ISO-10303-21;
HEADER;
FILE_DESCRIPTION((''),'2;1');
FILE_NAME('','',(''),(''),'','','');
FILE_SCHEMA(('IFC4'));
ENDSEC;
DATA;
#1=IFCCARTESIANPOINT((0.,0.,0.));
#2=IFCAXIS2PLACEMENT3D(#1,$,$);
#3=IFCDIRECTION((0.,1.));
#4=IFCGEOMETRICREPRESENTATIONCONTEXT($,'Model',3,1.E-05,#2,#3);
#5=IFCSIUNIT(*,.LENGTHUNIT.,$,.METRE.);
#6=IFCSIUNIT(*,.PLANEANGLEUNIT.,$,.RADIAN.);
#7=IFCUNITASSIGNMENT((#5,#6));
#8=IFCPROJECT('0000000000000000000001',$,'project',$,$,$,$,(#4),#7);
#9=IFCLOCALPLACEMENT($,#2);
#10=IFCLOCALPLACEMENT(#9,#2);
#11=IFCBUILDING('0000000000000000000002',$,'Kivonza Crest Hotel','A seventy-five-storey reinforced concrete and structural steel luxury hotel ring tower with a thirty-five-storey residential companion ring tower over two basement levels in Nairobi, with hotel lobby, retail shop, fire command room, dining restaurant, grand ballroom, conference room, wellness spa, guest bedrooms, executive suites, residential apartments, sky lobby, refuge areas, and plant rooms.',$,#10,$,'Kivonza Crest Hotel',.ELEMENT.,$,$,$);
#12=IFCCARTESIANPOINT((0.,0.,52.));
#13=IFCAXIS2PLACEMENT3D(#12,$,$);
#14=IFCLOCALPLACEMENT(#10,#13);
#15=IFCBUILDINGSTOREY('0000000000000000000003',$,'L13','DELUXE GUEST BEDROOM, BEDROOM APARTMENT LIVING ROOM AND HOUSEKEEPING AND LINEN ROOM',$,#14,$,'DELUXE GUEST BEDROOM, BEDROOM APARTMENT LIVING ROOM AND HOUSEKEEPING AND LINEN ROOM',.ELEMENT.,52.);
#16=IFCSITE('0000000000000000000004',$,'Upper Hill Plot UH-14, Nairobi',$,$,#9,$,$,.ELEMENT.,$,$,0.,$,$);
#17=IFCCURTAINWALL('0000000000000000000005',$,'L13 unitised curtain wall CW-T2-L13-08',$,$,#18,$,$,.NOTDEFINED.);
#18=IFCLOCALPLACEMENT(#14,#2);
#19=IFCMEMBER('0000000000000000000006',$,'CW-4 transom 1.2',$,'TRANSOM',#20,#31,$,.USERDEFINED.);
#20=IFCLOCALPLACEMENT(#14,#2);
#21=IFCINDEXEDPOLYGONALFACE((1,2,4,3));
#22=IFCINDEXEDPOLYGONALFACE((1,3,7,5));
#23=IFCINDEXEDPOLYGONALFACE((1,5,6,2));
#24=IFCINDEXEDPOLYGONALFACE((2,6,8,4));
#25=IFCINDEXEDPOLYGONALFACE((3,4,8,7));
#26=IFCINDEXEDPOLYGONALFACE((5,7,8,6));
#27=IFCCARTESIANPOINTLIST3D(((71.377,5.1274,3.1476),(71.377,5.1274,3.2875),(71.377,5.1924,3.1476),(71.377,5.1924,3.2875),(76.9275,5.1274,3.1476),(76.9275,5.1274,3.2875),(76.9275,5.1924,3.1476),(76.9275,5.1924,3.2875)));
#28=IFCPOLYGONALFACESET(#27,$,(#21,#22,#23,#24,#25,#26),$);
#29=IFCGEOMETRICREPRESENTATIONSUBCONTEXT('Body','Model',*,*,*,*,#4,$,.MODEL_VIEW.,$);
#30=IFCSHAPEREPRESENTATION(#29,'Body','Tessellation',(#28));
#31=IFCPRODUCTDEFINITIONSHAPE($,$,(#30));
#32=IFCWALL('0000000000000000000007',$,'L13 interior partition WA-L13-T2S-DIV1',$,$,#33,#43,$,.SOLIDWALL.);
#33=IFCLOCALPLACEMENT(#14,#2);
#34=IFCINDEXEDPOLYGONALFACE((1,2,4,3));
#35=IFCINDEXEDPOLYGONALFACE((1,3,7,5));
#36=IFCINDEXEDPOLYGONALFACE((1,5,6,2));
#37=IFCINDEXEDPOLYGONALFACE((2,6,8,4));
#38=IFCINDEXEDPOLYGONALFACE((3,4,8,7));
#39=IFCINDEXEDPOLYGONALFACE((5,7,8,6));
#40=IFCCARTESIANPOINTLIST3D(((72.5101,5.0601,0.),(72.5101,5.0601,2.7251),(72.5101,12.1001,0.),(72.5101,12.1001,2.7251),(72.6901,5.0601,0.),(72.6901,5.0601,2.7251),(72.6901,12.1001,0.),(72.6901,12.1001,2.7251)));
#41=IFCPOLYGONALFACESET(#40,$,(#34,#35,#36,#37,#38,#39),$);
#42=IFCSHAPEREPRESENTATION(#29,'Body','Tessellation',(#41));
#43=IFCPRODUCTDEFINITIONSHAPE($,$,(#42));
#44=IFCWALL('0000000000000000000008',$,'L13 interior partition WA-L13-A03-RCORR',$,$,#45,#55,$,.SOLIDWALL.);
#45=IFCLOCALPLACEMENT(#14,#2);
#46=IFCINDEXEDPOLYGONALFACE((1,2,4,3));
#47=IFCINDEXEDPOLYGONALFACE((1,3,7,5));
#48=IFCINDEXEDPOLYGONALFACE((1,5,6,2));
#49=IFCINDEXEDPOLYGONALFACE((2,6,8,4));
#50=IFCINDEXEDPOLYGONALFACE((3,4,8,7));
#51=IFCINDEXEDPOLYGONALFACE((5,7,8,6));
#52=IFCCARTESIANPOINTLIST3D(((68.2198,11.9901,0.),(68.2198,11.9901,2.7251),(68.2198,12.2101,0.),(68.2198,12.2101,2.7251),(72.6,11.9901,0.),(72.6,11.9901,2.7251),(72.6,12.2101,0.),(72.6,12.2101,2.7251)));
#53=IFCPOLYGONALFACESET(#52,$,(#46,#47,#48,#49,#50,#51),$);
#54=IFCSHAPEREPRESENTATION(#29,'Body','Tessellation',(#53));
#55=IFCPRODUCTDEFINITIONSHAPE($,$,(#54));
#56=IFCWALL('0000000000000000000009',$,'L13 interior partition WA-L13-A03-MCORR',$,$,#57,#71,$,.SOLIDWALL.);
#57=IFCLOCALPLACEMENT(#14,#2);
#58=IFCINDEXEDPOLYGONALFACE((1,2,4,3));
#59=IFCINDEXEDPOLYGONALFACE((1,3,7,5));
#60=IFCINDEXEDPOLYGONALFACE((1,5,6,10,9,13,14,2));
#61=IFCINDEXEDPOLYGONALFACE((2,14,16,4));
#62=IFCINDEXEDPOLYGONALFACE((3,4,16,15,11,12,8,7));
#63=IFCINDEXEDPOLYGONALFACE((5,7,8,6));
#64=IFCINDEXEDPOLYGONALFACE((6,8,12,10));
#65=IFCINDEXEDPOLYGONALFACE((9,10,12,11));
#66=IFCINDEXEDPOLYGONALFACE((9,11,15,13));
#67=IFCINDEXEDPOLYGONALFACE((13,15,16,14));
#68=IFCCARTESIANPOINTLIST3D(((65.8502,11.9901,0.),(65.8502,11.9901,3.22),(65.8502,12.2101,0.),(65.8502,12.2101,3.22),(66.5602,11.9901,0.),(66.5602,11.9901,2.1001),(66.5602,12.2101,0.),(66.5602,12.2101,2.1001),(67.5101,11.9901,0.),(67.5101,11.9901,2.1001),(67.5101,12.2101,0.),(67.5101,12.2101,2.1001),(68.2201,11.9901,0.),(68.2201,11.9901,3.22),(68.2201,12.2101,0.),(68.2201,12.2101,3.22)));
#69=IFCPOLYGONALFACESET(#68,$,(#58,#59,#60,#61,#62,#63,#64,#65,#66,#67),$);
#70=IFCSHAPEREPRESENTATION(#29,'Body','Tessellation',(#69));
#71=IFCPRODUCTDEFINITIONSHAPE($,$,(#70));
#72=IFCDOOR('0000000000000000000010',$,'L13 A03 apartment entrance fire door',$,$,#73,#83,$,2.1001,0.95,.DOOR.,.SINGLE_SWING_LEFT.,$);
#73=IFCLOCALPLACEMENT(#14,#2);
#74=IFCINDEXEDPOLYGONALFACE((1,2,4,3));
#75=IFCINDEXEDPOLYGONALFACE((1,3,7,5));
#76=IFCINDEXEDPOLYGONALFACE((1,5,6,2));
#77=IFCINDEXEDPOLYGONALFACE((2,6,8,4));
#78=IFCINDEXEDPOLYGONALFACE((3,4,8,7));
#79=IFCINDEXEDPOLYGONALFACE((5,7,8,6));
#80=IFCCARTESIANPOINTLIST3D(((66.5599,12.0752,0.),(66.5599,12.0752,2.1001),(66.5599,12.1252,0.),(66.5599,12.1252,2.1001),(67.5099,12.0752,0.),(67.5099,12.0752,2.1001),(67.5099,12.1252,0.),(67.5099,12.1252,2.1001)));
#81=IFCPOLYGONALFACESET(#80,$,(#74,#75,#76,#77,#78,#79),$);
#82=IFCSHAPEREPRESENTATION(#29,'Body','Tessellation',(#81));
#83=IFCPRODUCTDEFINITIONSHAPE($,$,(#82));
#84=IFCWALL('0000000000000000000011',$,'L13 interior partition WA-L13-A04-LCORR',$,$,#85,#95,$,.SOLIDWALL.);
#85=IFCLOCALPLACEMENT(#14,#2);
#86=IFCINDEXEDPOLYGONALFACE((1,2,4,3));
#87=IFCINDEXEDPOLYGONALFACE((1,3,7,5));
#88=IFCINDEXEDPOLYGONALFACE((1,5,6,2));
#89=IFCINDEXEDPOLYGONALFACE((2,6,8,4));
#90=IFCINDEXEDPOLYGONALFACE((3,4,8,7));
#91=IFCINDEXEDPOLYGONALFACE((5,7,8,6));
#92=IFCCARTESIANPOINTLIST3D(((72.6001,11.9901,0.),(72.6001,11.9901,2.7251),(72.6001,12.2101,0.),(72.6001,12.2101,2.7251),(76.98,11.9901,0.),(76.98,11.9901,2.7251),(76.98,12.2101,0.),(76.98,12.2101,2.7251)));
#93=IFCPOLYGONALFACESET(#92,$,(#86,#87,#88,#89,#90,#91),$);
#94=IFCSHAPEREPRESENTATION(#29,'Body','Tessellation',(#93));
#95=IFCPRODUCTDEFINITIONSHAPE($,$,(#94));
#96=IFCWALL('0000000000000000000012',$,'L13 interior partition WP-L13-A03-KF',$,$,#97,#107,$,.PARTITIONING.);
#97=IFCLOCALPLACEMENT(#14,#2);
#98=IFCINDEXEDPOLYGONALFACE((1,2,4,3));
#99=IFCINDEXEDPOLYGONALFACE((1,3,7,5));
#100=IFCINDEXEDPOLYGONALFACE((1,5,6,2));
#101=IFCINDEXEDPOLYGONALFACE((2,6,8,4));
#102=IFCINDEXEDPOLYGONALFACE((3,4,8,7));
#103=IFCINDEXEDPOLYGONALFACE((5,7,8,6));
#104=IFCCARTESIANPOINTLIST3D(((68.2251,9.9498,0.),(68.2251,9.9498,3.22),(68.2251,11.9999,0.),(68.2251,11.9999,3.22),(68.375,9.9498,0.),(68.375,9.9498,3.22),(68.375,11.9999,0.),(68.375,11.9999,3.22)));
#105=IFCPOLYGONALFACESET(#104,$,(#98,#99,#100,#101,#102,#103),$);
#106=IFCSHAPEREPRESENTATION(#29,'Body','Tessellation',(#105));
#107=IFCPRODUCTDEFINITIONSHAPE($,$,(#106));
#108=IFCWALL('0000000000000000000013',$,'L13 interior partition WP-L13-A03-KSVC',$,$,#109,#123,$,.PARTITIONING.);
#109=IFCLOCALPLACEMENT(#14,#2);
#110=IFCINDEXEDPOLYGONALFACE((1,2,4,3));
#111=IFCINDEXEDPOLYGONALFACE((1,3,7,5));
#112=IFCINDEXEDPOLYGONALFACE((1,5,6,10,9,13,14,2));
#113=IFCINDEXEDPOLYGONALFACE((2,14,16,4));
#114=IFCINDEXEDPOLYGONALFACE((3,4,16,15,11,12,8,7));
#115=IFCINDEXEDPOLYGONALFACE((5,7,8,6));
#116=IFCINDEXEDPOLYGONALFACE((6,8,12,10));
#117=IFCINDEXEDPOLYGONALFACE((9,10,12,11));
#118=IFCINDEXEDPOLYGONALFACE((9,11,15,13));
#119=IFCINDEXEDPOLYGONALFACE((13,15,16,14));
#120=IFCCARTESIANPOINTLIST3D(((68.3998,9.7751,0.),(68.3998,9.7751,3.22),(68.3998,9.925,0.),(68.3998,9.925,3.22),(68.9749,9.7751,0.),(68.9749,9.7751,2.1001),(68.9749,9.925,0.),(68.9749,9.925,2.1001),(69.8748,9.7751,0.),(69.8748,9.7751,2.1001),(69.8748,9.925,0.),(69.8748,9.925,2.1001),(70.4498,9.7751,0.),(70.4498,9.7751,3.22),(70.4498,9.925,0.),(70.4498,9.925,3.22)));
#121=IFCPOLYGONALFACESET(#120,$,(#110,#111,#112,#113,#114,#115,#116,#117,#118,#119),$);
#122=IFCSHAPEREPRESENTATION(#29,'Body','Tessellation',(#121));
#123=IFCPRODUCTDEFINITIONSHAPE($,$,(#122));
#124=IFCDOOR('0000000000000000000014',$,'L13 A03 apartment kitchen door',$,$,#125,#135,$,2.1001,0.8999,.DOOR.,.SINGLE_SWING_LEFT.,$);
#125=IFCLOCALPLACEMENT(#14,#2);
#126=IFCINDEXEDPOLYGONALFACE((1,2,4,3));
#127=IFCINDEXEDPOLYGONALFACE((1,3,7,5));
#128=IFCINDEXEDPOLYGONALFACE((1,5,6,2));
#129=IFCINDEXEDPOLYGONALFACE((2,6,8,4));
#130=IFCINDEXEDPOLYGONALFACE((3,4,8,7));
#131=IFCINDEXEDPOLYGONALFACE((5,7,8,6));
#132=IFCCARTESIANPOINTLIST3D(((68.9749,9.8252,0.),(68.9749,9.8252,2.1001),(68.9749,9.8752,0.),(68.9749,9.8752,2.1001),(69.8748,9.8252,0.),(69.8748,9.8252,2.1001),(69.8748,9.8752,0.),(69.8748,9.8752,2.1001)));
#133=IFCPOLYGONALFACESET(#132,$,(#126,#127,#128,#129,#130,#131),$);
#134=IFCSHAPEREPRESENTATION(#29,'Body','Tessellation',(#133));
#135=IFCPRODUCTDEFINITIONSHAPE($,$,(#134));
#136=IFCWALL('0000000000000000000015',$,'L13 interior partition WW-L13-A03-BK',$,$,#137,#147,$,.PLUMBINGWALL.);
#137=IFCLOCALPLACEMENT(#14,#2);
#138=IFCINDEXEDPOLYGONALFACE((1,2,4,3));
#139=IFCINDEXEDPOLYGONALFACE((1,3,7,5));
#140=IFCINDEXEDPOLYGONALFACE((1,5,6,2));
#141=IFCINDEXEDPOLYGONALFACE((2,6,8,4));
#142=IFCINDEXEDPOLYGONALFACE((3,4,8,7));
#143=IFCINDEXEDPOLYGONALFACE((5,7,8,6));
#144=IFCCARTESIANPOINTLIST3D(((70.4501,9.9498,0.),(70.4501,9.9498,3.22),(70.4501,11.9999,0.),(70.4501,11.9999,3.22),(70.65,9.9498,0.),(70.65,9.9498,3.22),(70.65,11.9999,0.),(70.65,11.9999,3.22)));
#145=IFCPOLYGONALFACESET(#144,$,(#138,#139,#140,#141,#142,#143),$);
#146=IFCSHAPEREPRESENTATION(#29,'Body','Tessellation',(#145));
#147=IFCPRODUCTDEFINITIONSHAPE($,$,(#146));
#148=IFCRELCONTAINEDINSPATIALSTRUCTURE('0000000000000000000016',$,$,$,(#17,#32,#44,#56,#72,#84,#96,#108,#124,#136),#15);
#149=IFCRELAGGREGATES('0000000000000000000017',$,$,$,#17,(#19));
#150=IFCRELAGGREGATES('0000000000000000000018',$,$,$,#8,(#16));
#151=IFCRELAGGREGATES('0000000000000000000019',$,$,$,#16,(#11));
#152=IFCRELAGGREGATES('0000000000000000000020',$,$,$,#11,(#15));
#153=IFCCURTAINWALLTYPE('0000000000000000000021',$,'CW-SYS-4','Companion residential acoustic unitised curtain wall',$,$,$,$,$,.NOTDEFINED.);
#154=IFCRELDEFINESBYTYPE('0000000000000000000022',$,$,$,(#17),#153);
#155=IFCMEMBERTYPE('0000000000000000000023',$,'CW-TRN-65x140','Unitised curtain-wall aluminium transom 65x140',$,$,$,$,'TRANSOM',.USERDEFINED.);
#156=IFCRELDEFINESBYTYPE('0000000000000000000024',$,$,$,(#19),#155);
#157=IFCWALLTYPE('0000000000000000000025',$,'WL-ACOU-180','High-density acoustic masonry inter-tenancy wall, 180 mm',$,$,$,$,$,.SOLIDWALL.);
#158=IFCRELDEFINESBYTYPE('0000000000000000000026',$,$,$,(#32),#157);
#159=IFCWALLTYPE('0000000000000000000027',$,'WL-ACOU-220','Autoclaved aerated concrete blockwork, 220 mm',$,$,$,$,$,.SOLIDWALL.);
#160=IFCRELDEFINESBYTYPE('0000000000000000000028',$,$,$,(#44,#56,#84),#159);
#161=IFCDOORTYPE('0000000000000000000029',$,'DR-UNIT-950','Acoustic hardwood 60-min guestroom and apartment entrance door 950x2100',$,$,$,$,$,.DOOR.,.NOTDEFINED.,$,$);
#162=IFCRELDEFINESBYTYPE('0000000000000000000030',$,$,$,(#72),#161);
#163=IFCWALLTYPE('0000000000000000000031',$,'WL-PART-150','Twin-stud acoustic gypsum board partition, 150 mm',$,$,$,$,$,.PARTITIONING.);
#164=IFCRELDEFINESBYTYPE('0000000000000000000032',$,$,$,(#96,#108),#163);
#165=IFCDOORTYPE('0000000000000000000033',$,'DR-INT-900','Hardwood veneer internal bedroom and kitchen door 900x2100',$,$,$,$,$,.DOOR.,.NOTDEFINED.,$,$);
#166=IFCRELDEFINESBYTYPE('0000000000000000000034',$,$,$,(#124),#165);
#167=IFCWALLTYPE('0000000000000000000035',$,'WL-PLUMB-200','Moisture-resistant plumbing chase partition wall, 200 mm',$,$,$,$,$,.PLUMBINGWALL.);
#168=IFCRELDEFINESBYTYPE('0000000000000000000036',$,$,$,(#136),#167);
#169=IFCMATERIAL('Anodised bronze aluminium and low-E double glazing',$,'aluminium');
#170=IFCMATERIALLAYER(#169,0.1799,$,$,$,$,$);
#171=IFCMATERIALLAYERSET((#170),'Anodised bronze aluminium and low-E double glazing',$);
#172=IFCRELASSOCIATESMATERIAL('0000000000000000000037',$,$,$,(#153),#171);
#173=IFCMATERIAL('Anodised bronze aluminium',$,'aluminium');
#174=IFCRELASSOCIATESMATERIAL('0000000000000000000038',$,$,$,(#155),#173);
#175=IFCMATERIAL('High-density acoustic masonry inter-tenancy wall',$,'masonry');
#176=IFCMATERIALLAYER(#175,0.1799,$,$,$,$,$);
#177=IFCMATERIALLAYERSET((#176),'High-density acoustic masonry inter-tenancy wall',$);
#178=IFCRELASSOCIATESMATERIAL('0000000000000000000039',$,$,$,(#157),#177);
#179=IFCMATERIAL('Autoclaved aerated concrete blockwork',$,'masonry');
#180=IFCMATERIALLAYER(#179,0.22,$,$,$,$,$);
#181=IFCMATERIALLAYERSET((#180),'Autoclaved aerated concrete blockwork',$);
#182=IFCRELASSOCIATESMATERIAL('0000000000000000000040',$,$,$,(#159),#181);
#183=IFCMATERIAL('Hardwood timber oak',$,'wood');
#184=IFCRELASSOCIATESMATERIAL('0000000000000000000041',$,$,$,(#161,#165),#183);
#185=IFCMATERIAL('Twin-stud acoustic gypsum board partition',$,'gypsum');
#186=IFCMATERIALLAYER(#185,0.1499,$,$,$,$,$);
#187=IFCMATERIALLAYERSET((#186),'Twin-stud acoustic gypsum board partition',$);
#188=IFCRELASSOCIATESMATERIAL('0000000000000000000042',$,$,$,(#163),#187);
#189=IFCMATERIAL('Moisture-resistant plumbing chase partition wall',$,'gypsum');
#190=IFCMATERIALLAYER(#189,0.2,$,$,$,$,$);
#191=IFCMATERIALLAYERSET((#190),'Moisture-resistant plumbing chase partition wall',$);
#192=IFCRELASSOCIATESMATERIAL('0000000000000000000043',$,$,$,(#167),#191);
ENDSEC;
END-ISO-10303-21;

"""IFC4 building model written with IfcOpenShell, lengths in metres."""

from ifc_helpers import new_model, si_unit, direction, frame, frame_2d, origin, origin_2d, place, context, subcontext, project, spatial, rectangle, extrude, material, layer, layer_set, material_profile, profile_set, type_object, element, fill, aggregate, save


model = new_model("IFC4")

# Units and contexts
model_context = context("Model", 3, precision=1e-05, world=origin(), true_north=direction((0.0, 1.0)))
body_context = subcontext(model_context, "Body", "Model", "MODEL_VIEW")
ifc_project = project(units=[si_unit("LENGTHUNIT", "METRE"), si_unit("PLANEANGLEUNIT", "RADIAN")], contexts=[model_context])

# Site, building, storey
site_placement = place(None, origin())
site = spatial("IfcSite", under=ifc_project, at=site_placement, Name="Upper Hill Plot UH-14, Nairobi", CompositionType="ELEMENT", RefElevation=0.0)
building_placement = place(site_placement, origin())
building = spatial("IfcBuilding", under=site, at=building_placement, Name="Kivonza Crest Hotel", Description="A seventy-five-storey reinforced concrete and structural steel luxury hotel ring tower with a thirty-five-storey residential companion ring tower over two basement levels in Nairobi, with hotel lobby, retail shop, fire command room, dining restaurant, grand ballroom, conference room, wellness spa, guest bedrooms, executive suites, residential apartments, sky lobby, refuge areas, and plant rooms.", LongName="Kivonza Crest Hotel", CompositionType="ELEMENT")
storey_placement = place(building_placement, frame((0.0, 0.0, 52.0)))
storey = spatial("IfcBuildingStorey", under=building, at=storey_placement, Name="L13", Description="DELUXE GUEST BEDROOM, BEDROOM APARTMENT LIVING ROOM AND HOUSEKEEPING AND LINEN ROOM", LongName="DELUXE GUEST BEDROOM, BEDROOM APARTMENT LIVING ROOM AND HOUSEKEEPING AND LINEN ROOM", CompositionType="ELEMENT", Elevation=52.0)

# Curtain wall, member
ifc_material_1 = material(Name="Anodised bronze aluminium and low-E double glazing", Category="aluminium")
ifc_layer_1 = layer(ifc_material_1, 0.1799)
ifc_layer_set_1 = layer_set([ifc_layer_1], Name="Anodised bronze aluminium and low-E double glazing")
curtain_wall_type = type_object("IfcCurtainWallType", Name="CW-SYS-4", Description="Companion residential acoustic unitised curtain wall", PredefinedType="NOTDEFINED", material=ifc_layer_set_1)
curtain_wall_placement = place(storey_placement, origin())
curtain_wall = element("IfcCurtainWall", 1, at=curtain_wall_placement, inside=storey, type_object=curtain_wall_type, Name="L13 unitised curtain wall CW-T2-L13-08", PredefinedType="NOTDEFINED")
ifc_material_2 = material(Name="Anodised bronze aluminium", Category="aluminium")
ifc_material_profile_1 = material_profile(ifc_material_2, rectangle(XDim=0.0649, YDim=0.1399, at=origin_2d()), Name="CW-T 65x140")
ifc_profile_set_1 = profile_set([ifc_material_profile_1], Name="Anodised bronze aluminium")
member_type_1 = type_object("IfcMemberType", Name="CW-TRN-65x140", Description="Unitised curtain-wall aluminium transom 65x140", ElementType="TRANSOM", PredefinedType="USERDEFINED", material=ifc_profile_set_1)
member_1_placement = place(storey_placement, frame((71.377, 5.1599, 3.2175), z_axis=(1.0, 0.0, 0.0), x_axis=(0.0, 1.0, 0.0)))
member_1 = element("IfcMember", 2, at=member_1_placement, type_object=member_type_1, Name="CW-4 transom 1.2", ObjectType="TRANSOM", PredefinedType="USERDEFINED", context=body_context, shape_type="SweptSolid", body=[
    extrude(rectangle(XDim=0.0649, YDim=0.1399, at=origin_2d()), origin(), (0.0, 0.0, 1.0), 5.5505),
])
aggregate(curtain_wall, [member_1])

# Walls
ifc_material_3 = material(Name="High-density acoustic masonry inter-tenancy wall", Category="masonry")
ifc_layer_2 = layer(ifc_material_3, 0.1799)
ifc_layer_set_2 = layer_set([ifc_layer_2], Name="High-density acoustic masonry inter-tenancy wall")
wall_type_1 = type_object("IfcWallType", Name="WL-ACOU-180", Description="High-density acoustic masonry inter-tenancy wall, 180 mm", PredefinedType="SOLIDWALL", material=ifc_layer_set_2)
wall_1_placement = place(storey_placement, frame((72.6001, 5.0601, 0.0), z_axis=(0.0, 0.0, 1.0), x_axis=(0.0, 1.0, 0.0)))
element("IfcWall", 3, at=wall_1_placement, inside=storey, type_object=wall_type_1, Name="L13 interior partition WA-L13-T2S-DIV1", PredefinedType="SOLIDWALL", context=body_context, shape_type="SweptSolid", body=[
    extrude(rectangle(XDim=7.04, YDim=0.1799, at=frame_2d((3.52, 0.0))), origin(), (0.0, 0.0, 1.0), 2.7251),
])
ifc_material_4 = material(Name="Autoclaved aerated concrete blockwork", Category="masonry")
ifc_layer_3 = layer(ifc_material_4, 0.22)
ifc_layer_set_3 = layer_set([ifc_layer_3], Name="Autoclaved aerated concrete blockwork")
wall_type_2 = type_object("IfcWallType", Name="WL-ACOU-220", Description="Autoclaved aerated concrete blockwork, 220 mm", PredefinedType="SOLIDWALL", material=ifc_layer_set_3)
wall_2_placement = place(storey_placement, frame((68.22, 12.1001, 0.0), z_axis=(0.0, 0.0, 1.0), x_axis=(1.0, 0.0, 0.0)))
element("IfcWall", 4, at=wall_2_placement, inside=storey, type_object=wall_type_2, Name="L13 interior partition WA-L13-A03-RCORR", PredefinedType="SOLIDWALL", context=body_context, shape_type="SweptSolid", body=[
    extrude(rectangle(XDim=4.3801, YDim=0.22, at=frame_2d((2.1899, 0.0))), origin(), (0.0, 0.0, 1.0), 2.7251),
])

# Wall, opening, door
wall_3_placement = place(storey_placement, frame((65.8501, 12.1001, 0.0), z_axis=(0.0, 0.0, 1.0), x_axis=(1.0, 0.0, 0.0)))
wall_3 = element("IfcWall", 5, at=wall_3_placement, inside=storey, type_object=wall_type_2, Name="L13 interior partition WA-L13-A03-MCORR", PredefinedType="SOLIDWALL", context=body_context, shape_type="SweptSolid", body=[
    extrude(rectangle(XDim=2.3699, YDim=0.22, at=frame_2d((1.1851, 0.0))), origin(), (0.0, 0.0, 1.0), 3.22),
])
opening_1_placement = place(wall_3_placement, frame((0.71, 0.0, 0.0)))
opening_1 = element("IfcOpeningElement", 6, at=opening_1_placement, cuts=wall_3, PredefinedType="OPENING", context=body_context, shape_type="SweptSolid", body=[
    extrude(rectangle(XDim=0.95, YDim=2.1001, at=frame_2d((0.4751, 1.05))), frame((0.0, 0.1201, 0.0), z_axis=(0.0, -1.0, 0.0), x_axis=(1.0, 0.0, 0.0)), (0.0, 0.0, 1.0), 0.24),
])
ifc_material_5 = material(Name="Hardwood timber oak", Category="wood")
door_type_1 = type_object("IfcDoorType", Name="DR-UNIT-950", Description="Acoustic hardwood 60-min guestroom and apartment entrance door 950x2100", OperationType="NOTDEFINED", PredefinedType="DOOR", material=ifc_material_5)
door_1_placement = place(opening_1_placement, frame((0.95, 0.0, 0.0), z_axis=(0.0, 0.0, 1.0), x_axis=(-1.0, 0.0, 0.0)))
door_1 = element("IfcDoor", 7, at=door_1_placement, inside=storey, type_object=door_type_1, Name="L13 A03 apartment entrance fire door", OperationType="SINGLE_SWING_LEFT", OverallHeight=2.1001, OverallWidth=0.95, PredefinedType="DOOR", context=body_context, shape_type="SweptSolid", body=[
    extrude(rectangle(XDim=0.95, YDim=2.1001, at=frame_2d((0.4751, 1.05))), frame((0.0, 0.0249, 0.0), z_axis=(0.0, -1.0, 0.0), x_axis=(1.0, 0.0, 0.0)), (0.0, 0.0, 1.0), 0.05),
])
fill(opening_1, door_1)

# Walls
wall_4_placement = place(storey_placement, frame((72.6001, 12.1001, 0.0), z_axis=(0.0, 0.0, 1.0), x_axis=(1.0, 0.0, 0.0)))
element("IfcWall", 8, at=wall_4_placement, inside=storey, type_object=wall_type_2, Name="L13 interior partition WA-L13-A04-LCORR", PredefinedType="SOLIDWALL", context=body_context, shape_type="SweptSolid", body=[
    extrude(rectangle(XDim=4.3799, YDim=0.22, at=frame_2d((2.1899, 0.0))), origin(), (0.0, 0.0, 1.0), 2.7251),
])
ifc_material_6 = material(Name="Twin-stud acoustic gypsum board partition", Category="gypsum")
ifc_layer_4 = layer(ifc_material_6, 0.1499)
ifc_layer_set_4 = layer_set([ifc_layer_4], Name="Twin-stud acoustic gypsum board partition")
wall_type_3 = type_object("IfcWallType", Name="WL-PART-150", Description="Twin-stud acoustic gypsum board partition, 150 mm", PredefinedType="PARTITIONING", material=ifc_layer_set_4)
wall_5_placement = place(storey_placement, frame((68.3, 9.95, 0.0), z_axis=(0.0, 0.0, 1.0), x_axis=(0.0, 1.0, 0.0)))
element("IfcWall", 9, at=wall_5_placement, inside=storey, type_object=wall_type_3, Name="L13 interior partition WP-L13-A03-KF", PredefinedType="PARTITIONING", context=body_context, shape_type="SweptSolid", body=[
    extrude(rectangle(XDim=2.05, YDim=0.1499, at=frame_2d((1.0249, 0.0))), origin(), (0.0, 0.0, 1.0), 3.22),
])

# Wall, opening, door
wall_6_placement = place(storey_placement, frame((68.3999, 9.8501, 0.0), z_axis=(0.0, 0.0, 1.0), x_axis=(1.0, 0.0, 0.0)))
wall_6 = element("IfcWall", 10, at=wall_6_placement, inside=storey, type_object=wall_type_3, Name="L13 interior partition WP-L13-A03-KSVC", PredefinedType="PARTITIONING", context=body_context, shape_type="SweptSolid", body=[
    extrude(rectangle(XDim=2.05, YDim=0.1499, at=frame_2d((1.0249, 0.0))), origin(), (0.0, 0.0, 1.0), 3.22),
])
opening_2_placement = place(wall_6_placement, frame((0.575, 0.0, 0.0)))
opening_2 = element("IfcOpeningElement", 11, at=opening_2_placement, cuts=wall_6, PredefinedType="OPENING", context=body_context, shape_type="SweptSolid", body=[
    extrude(rectangle(XDim=0.8999, YDim=2.1001, at=frame_2d((0.45, 1.05))), frame((0.0, 0.085, 0.0), z_axis=(0.0, -1.0, 0.0), x_axis=(1.0, 0.0, 0.0)), (0.0, 0.0, 1.0), 0.1699),
])
door_type_2 = type_object("IfcDoorType", Name="DR-INT-900", Description="Hardwood veneer internal bedroom and kitchen door 900x2100", OperationType="NOTDEFINED", PredefinedType="DOOR", material=ifc_material_5)
door_2_placement = place(opening_2_placement, frame((0.8999, 0.0, 0.0), z_axis=(0.0, 0.0, 1.0), x_axis=(-1.0, 0.0, 0.0)))
door_2 = element("IfcDoor", 12, at=door_2_placement, inside=storey, type_object=door_type_2, Name="L13 A03 apartment kitchen door", OperationType="SINGLE_SWING_LEFT", OverallHeight=2.1001, OverallWidth=0.8999, PredefinedType="DOOR", context=body_context, shape_type="SweptSolid", body=[
    extrude(rectangle(XDim=0.8999, YDim=2.1001, at=frame_2d((0.45, 1.05))), frame((0.0, 0.0249, 0.0), z_axis=(0.0, -1.0, 0.0), x_axis=(1.0, 0.0, 0.0)), (0.0, 0.0, 1.0), 0.05),
])
fill(opening_2, door_2)

# Wall
ifc_material_7 = material(Name="Moisture-resistant plumbing chase partition wall", Category="gypsum")
ifc_layer_5 = layer(ifc_material_7, 0.2)
ifc_layer_set_5 = layer_set([ifc_layer_5], Name="Moisture-resistant plumbing chase partition wall")
wall_type_4 = type_object("IfcWallType", Name="WL-PLUMB-200", Description="Moisture-resistant plumbing chase partition wall, 200 mm", PredefinedType="PLUMBINGWALL", material=ifc_layer_set_5)
wall_7_placement = place(storey_placement, frame((70.55, 9.95, 0.0), z_axis=(0.0, 0.0, 1.0), x_axis=(0.0, 1.0, 0.0)))
element("IfcWall", 13, at=wall_7_placement, inside=storey, type_object=wall_type_4, Name="L13 interior partition WW-L13-A03-BK", PredefinedType="PLUMBINGWALL", context=body_context, shape_type="SweptSolid", body=[
    extrude(rectangle(XDim=2.05, YDim=0.2, at=frame_2d((1.0249, 0.0))), origin(), (0.0, 0.0, 1.0), 3.22),
])

save(model, "model.ifc")
